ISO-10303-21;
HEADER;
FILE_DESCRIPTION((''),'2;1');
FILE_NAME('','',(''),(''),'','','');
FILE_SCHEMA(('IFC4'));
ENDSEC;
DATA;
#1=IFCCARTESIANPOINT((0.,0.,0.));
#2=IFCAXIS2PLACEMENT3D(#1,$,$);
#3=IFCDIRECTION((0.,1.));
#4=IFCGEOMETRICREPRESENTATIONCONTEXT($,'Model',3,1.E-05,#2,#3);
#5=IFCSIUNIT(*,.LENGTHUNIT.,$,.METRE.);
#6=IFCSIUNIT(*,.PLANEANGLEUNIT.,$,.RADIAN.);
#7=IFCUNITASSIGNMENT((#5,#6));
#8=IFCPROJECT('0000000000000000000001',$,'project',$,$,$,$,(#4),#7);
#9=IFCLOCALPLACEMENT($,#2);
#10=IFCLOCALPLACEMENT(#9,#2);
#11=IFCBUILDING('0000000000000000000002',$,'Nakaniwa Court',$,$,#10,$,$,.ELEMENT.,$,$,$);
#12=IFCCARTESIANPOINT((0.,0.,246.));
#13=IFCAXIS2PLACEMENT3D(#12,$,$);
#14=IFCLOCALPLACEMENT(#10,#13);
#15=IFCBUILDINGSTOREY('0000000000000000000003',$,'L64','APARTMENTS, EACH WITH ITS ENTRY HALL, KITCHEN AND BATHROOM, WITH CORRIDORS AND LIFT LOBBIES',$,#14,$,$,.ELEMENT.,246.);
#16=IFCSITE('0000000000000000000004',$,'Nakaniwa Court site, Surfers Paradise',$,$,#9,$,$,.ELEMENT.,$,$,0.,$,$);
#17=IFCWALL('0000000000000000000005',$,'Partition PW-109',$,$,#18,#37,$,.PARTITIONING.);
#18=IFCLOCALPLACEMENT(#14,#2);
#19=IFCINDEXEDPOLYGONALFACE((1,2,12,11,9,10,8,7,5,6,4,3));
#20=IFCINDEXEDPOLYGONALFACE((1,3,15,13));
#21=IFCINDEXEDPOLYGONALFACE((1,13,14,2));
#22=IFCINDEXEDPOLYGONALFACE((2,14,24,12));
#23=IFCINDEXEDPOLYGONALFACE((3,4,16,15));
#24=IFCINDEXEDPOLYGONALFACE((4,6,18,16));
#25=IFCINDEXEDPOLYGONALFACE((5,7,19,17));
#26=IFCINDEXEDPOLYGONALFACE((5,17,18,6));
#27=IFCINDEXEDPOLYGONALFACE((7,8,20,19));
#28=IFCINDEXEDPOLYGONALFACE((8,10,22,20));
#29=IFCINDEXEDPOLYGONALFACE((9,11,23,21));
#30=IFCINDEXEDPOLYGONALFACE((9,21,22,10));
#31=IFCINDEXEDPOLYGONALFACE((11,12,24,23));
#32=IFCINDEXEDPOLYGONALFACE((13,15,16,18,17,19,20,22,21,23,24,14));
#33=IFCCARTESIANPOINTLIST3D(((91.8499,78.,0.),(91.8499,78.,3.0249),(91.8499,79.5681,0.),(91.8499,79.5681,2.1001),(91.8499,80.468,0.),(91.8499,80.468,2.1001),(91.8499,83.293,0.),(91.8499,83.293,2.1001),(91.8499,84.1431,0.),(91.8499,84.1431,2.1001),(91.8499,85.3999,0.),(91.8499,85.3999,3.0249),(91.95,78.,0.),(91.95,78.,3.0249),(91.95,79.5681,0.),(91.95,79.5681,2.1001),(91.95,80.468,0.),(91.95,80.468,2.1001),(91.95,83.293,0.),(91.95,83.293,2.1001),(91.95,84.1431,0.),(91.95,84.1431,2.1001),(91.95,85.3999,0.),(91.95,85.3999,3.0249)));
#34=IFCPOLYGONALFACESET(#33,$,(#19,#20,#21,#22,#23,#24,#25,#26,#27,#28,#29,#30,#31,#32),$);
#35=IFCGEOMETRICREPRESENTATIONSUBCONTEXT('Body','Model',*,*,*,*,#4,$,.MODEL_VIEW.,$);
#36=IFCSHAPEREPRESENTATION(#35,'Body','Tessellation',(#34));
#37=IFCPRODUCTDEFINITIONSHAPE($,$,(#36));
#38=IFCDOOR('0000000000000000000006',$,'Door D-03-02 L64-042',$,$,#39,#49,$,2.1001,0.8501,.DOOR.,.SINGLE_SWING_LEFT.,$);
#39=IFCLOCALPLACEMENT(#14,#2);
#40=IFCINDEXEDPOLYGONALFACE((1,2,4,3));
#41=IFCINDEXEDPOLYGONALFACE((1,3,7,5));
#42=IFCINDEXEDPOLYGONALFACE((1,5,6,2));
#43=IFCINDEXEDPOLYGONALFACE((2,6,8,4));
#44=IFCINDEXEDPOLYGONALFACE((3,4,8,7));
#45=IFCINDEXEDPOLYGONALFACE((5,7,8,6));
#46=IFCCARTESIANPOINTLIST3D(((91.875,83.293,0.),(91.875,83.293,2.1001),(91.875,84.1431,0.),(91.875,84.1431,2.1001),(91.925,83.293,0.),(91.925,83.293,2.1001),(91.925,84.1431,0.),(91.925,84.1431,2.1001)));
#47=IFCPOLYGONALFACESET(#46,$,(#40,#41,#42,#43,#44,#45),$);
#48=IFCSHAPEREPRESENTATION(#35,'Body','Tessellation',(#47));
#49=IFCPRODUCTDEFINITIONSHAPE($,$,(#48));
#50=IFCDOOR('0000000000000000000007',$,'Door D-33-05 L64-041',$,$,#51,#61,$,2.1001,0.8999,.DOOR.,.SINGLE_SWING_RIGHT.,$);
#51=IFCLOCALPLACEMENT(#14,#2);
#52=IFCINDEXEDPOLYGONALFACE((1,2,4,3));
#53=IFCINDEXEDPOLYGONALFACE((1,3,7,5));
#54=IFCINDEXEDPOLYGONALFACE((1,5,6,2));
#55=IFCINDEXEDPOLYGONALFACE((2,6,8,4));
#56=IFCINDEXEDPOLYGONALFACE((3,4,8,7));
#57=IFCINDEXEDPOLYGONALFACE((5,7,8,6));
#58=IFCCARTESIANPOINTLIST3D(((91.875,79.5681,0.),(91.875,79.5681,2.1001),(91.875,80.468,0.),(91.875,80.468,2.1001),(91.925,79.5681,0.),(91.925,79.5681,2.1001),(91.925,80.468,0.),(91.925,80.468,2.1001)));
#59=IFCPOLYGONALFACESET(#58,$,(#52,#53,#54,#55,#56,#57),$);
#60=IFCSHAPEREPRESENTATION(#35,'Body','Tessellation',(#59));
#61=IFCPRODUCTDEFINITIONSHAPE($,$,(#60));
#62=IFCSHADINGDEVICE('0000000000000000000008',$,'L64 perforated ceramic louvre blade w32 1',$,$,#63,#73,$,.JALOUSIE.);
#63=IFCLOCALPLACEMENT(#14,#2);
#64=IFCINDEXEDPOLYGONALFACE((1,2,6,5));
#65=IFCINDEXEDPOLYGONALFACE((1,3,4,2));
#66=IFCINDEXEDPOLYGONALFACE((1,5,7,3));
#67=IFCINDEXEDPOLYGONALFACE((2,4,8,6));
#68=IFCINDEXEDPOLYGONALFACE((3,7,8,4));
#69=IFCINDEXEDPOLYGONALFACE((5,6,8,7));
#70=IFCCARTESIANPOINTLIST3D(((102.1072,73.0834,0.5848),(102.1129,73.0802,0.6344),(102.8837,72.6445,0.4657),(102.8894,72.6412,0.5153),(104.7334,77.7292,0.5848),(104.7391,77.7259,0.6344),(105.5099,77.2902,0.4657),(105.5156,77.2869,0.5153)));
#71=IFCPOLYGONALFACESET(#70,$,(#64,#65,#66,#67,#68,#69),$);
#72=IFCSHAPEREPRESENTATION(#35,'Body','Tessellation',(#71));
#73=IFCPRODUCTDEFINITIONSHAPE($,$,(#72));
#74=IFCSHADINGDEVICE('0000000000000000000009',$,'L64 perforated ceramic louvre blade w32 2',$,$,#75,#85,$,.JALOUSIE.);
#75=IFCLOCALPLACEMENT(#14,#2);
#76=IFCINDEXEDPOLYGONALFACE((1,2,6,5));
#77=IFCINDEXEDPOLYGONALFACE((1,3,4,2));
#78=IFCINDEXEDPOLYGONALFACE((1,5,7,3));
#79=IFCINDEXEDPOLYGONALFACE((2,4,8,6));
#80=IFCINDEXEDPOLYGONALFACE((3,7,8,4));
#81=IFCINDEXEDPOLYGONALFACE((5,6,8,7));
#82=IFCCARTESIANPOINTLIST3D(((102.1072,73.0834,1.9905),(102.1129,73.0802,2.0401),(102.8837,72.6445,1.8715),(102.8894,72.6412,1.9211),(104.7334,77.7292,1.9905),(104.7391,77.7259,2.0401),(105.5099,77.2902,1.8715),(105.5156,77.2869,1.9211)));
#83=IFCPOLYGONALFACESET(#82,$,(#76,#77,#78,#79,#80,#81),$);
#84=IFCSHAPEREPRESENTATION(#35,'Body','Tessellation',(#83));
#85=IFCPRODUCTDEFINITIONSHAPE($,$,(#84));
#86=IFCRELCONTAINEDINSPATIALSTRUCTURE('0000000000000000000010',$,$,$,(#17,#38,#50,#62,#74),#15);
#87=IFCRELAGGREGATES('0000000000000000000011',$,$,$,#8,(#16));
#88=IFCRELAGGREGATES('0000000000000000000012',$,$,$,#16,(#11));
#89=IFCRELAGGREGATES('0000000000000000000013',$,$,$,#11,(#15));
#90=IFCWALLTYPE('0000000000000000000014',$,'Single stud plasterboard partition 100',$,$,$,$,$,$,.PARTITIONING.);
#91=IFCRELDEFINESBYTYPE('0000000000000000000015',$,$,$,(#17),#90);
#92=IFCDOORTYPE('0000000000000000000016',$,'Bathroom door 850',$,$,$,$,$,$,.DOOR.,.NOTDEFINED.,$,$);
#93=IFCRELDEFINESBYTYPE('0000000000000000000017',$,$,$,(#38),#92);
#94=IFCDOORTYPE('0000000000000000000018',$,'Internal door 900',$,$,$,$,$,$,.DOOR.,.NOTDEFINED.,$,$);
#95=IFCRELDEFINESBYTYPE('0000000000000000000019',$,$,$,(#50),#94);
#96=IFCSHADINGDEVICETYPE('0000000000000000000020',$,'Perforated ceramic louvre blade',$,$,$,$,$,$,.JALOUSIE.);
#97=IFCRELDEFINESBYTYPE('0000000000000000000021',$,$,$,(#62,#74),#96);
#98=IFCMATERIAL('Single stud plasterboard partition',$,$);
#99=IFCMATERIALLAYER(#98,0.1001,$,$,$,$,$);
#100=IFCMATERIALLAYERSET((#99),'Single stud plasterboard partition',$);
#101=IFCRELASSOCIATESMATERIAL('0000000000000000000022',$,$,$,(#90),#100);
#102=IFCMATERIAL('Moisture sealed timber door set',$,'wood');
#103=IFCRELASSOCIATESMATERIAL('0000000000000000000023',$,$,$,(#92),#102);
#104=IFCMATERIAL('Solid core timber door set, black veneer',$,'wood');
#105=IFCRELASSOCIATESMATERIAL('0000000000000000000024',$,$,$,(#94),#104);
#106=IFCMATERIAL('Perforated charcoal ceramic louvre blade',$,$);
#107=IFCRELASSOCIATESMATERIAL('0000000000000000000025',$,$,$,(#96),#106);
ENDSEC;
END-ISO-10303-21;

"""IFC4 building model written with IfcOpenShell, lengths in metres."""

from ifc_helpers import new_model, si_unit, direction, frame, frame_2d, origin, origin_2d, place, context, subcontext, project, spatial, rectangle, extrude, material, layer, layer_set, material_profile, profile_set, type_object, element, fill, save


model = new_model("IFC4")

# Units and contexts
model_context = context("Model", 3, precision=1e-05, world=origin(), true_north=direction((0.0, 1.0)))
body_context = subcontext(model_context, "Body", "Model", "MODEL_VIEW")
ifc_project = project(units=[si_unit("LENGTHUNIT", "METRE"), si_unit("PLANEANGLEUNIT", "RADIAN")], contexts=[model_context])

# Site, building, storey
site_placement = place(None, origin())
site = spatial("IfcSite", under=ifc_project, at=site_placement, Name="Nakaniwa Court site, Surfers Paradise", CompositionType="ELEMENT", RefElevation=0.0)
building_placement = place(site_placement, origin())
building = spatial("IfcBuilding", under=site, at=building_placement, Name="Nakaniwa Court", CompositionType="ELEMENT")
storey_placement = place(building_placement, frame((0.0, 0.0, 246.0)))
storey = spatial("IfcBuildingStorey", under=building, at=storey_placement, Name="L64", Description="APARTMENTS, EACH WITH ITS ENTRY HALL, KITCHEN AND BATHROOM, WITH CORRIDORS AND LIFT LOBBIES", CompositionType="ELEMENT", Elevation=246.0)

# Shared definitions
ifc_material_1 = material(Name="Solid core timber door set, black veneer", Category="wood")

# Shared definitions
ifc_material_2 = material(Name="Single stud plasterboard partition")
ifc_layer_1 = layer(ifc_material_2, 0.1001)
ifc_layer_set_1 = layer_set([ifc_layer_1], Name="Single stud plasterboard partition")
wall_type_1 = type_object("IfcWallType", Name="Single stud plasterboard partition 100", PredefinedType="PARTITIONING", material=ifc_layer_set_1)

# Wall, openings, doors
wall_1_placement = place(storey_placement, frame((91.8999, 78.0, 0.0), z_axis=(0.0, 0.0, 1.0), x_axis=(0.0, 1.0, 0.0)))
wall_1 = element("IfcWall", 1, at=wall_1_placement, inside=storey, type_object=wall_type_1, Name="Partition PW-109", PredefinedType="PARTITIONING", context=body_context, shape_type="SweptSolid", body=[
    extrude(rectangle(XDim=7.3999, YDim=0.1001, at=frame_2d((3.7, 0.0))), origin(), (0.0, 0.0, 1.0), 3.0249),
])
opening_1_placement = place(wall_1_placement, frame((1.5681, 0.0, 0.0)))
opening_1 = element("IfcOpeningElement", 2, at=opening_1_placement, cuts=wall_1, PredefinedType="OPENING", context=body_context, shape_type="SweptSolid", body=[
    extrude(rectangle(XDim=0.8999, YDim=2.1001, at=frame_2d((0.45, 1.05))), frame((0.0, 0.0601, 0.0), z_axis=(0.0, -1.0, 0.0), x_axis=(1.0, 0.0, 0.0)), (0.0, 0.0, 1.0), 0.1201),
])
opening_2_placement = place(wall_1_placement, frame((5.293, 0.0, 0.0)))
opening_2 = element("IfcOpeningElement", 3, at=opening_2_placement, cuts=wall_1, PredefinedType="OPENING", context=body_context, shape_type="SweptSolid", body=[
    extrude(rectangle(XDim=0.8501, YDim=2.1001, at=frame_2d((0.425, 1.05))), frame((0.0, 0.0601, 0.0), z_axis=(0.0, -1.0, 0.0), x_axis=(1.0, 0.0, 0.0)), (0.0, 0.0, 1.0), 0.1201),
])
ifc_material_3 = material(Name="Moisture sealed timber door set", Category="wood")
door_type_1 = type_object("IfcDoorType", Name="Bathroom door 850", OperationType="NOTDEFINED", PredefinedType="DOOR", material=ifc_material_3)
door_1_placement = place(opening_2_placement, origin())
door_1 = element("IfcDoor", 4, at=door_1_placement, inside=storey, type_object=door_type_1, Name="Door D-03-02 L64-042", OperationType="SINGLE_SWING_LEFT", OverallHeight=2.1001, OverallWidth=0.8501, PredefinedType="DOOR", context=body_context, shape_type="SweptSolid", body=[
    extrude(rectangle(XDim=0.8501, YDim=2.1001, at=frame_2d((0.425, 1.05))), frame((0.0, 0.0249, 0.0), z_axis=(0.0, -1.0, 0.0), x_axis=(1.0, 0.0, 0.0)), (0.0, 0.0, 1.0), 0.05),
])
fill(opening_2, door_1)
door_type_2 = type_object("IfcDoorType", Name="Internal door 900", OperationType="NOTDEFINED", PredefinedType="DOOR", material=ifc_material_1)
door_2_placement = place(opening_1_placement, origin())
door_2 = element("IfcDoor", 5, at=door_2_placement, inside=storey, type_object=door_type_2, Name="Door D-33-05 L64-041", OperationType="SINGLE_SWING_RIGHT", OverallHeight=2.1001, OverallWidth=0.8999, PredefinedType="DOOR", context=body_context, shape_type="SweptSolid", body=[
    extrude(rectangle(XDim=0.8999, YDim=2.1001, at=frame_2d((0.45, 1.05))), frame((0.0, 0.0249, 0.0), z_axis=(0.0, -1.0, 0.0), x_axis=(1.0, 0.0, 0.0)), (0.0, 0.0, 1.0), 0.05),
])
fill(opening_1, door_2)

# Shading devices
ifc_material_4 = material(Name="Perforated charcoal ceramic louvre blade")
ifc_material_profile_1 = material_profile(ifc_material_4, rectangle(XDim=0.8999, YDim=0.05, at=origin_2d()), Name="Perforated ceramic louvre blade")
ifc_profile_set_1 = profile_set([ifc_material_profile_1], Name="Perforated charcoal ceramic louvre blade")
shading_device_type = type_object("IfcShadingDeviceType", Name="Perforated ceramic louvre blade", PredefinedType="JALOUSIE", material=ifc_profile_set_1)
for number, where, z_axis, x_axis, name in (
    (6, (102.4983, 72.8623, 0.55), (0.492109, 0.870534, 0.0), (-0.862887, 0.487786, 0.132256), "L64 perforated ceramic louvre blade w32 1"),
    (7, (102.4983, 72.8623, 1.9558), (0.492109, 0.870534, 0.0), (-0.862887, 0.487786, 0.132256), "L64 perforated ceramic louvre blade w32 2"),
):
    element("IfcShadingDevice", number, at=place(storey_placement, frame(where, z_axis=z_axis, x_axis=x_axis)), inside=storey, type_object=shading_device_type, Name=name, PredefinedType="JALOUSIE", context=body_context, shape_type="SweptSolid", body=[
        extrude(rectangle(XDim=0.8999, YDim=0.05, at=origin_2d()), origin(), (0.0, 0.0, 1.0), 5.3367),
    ])

save(model, "model.ifc")
